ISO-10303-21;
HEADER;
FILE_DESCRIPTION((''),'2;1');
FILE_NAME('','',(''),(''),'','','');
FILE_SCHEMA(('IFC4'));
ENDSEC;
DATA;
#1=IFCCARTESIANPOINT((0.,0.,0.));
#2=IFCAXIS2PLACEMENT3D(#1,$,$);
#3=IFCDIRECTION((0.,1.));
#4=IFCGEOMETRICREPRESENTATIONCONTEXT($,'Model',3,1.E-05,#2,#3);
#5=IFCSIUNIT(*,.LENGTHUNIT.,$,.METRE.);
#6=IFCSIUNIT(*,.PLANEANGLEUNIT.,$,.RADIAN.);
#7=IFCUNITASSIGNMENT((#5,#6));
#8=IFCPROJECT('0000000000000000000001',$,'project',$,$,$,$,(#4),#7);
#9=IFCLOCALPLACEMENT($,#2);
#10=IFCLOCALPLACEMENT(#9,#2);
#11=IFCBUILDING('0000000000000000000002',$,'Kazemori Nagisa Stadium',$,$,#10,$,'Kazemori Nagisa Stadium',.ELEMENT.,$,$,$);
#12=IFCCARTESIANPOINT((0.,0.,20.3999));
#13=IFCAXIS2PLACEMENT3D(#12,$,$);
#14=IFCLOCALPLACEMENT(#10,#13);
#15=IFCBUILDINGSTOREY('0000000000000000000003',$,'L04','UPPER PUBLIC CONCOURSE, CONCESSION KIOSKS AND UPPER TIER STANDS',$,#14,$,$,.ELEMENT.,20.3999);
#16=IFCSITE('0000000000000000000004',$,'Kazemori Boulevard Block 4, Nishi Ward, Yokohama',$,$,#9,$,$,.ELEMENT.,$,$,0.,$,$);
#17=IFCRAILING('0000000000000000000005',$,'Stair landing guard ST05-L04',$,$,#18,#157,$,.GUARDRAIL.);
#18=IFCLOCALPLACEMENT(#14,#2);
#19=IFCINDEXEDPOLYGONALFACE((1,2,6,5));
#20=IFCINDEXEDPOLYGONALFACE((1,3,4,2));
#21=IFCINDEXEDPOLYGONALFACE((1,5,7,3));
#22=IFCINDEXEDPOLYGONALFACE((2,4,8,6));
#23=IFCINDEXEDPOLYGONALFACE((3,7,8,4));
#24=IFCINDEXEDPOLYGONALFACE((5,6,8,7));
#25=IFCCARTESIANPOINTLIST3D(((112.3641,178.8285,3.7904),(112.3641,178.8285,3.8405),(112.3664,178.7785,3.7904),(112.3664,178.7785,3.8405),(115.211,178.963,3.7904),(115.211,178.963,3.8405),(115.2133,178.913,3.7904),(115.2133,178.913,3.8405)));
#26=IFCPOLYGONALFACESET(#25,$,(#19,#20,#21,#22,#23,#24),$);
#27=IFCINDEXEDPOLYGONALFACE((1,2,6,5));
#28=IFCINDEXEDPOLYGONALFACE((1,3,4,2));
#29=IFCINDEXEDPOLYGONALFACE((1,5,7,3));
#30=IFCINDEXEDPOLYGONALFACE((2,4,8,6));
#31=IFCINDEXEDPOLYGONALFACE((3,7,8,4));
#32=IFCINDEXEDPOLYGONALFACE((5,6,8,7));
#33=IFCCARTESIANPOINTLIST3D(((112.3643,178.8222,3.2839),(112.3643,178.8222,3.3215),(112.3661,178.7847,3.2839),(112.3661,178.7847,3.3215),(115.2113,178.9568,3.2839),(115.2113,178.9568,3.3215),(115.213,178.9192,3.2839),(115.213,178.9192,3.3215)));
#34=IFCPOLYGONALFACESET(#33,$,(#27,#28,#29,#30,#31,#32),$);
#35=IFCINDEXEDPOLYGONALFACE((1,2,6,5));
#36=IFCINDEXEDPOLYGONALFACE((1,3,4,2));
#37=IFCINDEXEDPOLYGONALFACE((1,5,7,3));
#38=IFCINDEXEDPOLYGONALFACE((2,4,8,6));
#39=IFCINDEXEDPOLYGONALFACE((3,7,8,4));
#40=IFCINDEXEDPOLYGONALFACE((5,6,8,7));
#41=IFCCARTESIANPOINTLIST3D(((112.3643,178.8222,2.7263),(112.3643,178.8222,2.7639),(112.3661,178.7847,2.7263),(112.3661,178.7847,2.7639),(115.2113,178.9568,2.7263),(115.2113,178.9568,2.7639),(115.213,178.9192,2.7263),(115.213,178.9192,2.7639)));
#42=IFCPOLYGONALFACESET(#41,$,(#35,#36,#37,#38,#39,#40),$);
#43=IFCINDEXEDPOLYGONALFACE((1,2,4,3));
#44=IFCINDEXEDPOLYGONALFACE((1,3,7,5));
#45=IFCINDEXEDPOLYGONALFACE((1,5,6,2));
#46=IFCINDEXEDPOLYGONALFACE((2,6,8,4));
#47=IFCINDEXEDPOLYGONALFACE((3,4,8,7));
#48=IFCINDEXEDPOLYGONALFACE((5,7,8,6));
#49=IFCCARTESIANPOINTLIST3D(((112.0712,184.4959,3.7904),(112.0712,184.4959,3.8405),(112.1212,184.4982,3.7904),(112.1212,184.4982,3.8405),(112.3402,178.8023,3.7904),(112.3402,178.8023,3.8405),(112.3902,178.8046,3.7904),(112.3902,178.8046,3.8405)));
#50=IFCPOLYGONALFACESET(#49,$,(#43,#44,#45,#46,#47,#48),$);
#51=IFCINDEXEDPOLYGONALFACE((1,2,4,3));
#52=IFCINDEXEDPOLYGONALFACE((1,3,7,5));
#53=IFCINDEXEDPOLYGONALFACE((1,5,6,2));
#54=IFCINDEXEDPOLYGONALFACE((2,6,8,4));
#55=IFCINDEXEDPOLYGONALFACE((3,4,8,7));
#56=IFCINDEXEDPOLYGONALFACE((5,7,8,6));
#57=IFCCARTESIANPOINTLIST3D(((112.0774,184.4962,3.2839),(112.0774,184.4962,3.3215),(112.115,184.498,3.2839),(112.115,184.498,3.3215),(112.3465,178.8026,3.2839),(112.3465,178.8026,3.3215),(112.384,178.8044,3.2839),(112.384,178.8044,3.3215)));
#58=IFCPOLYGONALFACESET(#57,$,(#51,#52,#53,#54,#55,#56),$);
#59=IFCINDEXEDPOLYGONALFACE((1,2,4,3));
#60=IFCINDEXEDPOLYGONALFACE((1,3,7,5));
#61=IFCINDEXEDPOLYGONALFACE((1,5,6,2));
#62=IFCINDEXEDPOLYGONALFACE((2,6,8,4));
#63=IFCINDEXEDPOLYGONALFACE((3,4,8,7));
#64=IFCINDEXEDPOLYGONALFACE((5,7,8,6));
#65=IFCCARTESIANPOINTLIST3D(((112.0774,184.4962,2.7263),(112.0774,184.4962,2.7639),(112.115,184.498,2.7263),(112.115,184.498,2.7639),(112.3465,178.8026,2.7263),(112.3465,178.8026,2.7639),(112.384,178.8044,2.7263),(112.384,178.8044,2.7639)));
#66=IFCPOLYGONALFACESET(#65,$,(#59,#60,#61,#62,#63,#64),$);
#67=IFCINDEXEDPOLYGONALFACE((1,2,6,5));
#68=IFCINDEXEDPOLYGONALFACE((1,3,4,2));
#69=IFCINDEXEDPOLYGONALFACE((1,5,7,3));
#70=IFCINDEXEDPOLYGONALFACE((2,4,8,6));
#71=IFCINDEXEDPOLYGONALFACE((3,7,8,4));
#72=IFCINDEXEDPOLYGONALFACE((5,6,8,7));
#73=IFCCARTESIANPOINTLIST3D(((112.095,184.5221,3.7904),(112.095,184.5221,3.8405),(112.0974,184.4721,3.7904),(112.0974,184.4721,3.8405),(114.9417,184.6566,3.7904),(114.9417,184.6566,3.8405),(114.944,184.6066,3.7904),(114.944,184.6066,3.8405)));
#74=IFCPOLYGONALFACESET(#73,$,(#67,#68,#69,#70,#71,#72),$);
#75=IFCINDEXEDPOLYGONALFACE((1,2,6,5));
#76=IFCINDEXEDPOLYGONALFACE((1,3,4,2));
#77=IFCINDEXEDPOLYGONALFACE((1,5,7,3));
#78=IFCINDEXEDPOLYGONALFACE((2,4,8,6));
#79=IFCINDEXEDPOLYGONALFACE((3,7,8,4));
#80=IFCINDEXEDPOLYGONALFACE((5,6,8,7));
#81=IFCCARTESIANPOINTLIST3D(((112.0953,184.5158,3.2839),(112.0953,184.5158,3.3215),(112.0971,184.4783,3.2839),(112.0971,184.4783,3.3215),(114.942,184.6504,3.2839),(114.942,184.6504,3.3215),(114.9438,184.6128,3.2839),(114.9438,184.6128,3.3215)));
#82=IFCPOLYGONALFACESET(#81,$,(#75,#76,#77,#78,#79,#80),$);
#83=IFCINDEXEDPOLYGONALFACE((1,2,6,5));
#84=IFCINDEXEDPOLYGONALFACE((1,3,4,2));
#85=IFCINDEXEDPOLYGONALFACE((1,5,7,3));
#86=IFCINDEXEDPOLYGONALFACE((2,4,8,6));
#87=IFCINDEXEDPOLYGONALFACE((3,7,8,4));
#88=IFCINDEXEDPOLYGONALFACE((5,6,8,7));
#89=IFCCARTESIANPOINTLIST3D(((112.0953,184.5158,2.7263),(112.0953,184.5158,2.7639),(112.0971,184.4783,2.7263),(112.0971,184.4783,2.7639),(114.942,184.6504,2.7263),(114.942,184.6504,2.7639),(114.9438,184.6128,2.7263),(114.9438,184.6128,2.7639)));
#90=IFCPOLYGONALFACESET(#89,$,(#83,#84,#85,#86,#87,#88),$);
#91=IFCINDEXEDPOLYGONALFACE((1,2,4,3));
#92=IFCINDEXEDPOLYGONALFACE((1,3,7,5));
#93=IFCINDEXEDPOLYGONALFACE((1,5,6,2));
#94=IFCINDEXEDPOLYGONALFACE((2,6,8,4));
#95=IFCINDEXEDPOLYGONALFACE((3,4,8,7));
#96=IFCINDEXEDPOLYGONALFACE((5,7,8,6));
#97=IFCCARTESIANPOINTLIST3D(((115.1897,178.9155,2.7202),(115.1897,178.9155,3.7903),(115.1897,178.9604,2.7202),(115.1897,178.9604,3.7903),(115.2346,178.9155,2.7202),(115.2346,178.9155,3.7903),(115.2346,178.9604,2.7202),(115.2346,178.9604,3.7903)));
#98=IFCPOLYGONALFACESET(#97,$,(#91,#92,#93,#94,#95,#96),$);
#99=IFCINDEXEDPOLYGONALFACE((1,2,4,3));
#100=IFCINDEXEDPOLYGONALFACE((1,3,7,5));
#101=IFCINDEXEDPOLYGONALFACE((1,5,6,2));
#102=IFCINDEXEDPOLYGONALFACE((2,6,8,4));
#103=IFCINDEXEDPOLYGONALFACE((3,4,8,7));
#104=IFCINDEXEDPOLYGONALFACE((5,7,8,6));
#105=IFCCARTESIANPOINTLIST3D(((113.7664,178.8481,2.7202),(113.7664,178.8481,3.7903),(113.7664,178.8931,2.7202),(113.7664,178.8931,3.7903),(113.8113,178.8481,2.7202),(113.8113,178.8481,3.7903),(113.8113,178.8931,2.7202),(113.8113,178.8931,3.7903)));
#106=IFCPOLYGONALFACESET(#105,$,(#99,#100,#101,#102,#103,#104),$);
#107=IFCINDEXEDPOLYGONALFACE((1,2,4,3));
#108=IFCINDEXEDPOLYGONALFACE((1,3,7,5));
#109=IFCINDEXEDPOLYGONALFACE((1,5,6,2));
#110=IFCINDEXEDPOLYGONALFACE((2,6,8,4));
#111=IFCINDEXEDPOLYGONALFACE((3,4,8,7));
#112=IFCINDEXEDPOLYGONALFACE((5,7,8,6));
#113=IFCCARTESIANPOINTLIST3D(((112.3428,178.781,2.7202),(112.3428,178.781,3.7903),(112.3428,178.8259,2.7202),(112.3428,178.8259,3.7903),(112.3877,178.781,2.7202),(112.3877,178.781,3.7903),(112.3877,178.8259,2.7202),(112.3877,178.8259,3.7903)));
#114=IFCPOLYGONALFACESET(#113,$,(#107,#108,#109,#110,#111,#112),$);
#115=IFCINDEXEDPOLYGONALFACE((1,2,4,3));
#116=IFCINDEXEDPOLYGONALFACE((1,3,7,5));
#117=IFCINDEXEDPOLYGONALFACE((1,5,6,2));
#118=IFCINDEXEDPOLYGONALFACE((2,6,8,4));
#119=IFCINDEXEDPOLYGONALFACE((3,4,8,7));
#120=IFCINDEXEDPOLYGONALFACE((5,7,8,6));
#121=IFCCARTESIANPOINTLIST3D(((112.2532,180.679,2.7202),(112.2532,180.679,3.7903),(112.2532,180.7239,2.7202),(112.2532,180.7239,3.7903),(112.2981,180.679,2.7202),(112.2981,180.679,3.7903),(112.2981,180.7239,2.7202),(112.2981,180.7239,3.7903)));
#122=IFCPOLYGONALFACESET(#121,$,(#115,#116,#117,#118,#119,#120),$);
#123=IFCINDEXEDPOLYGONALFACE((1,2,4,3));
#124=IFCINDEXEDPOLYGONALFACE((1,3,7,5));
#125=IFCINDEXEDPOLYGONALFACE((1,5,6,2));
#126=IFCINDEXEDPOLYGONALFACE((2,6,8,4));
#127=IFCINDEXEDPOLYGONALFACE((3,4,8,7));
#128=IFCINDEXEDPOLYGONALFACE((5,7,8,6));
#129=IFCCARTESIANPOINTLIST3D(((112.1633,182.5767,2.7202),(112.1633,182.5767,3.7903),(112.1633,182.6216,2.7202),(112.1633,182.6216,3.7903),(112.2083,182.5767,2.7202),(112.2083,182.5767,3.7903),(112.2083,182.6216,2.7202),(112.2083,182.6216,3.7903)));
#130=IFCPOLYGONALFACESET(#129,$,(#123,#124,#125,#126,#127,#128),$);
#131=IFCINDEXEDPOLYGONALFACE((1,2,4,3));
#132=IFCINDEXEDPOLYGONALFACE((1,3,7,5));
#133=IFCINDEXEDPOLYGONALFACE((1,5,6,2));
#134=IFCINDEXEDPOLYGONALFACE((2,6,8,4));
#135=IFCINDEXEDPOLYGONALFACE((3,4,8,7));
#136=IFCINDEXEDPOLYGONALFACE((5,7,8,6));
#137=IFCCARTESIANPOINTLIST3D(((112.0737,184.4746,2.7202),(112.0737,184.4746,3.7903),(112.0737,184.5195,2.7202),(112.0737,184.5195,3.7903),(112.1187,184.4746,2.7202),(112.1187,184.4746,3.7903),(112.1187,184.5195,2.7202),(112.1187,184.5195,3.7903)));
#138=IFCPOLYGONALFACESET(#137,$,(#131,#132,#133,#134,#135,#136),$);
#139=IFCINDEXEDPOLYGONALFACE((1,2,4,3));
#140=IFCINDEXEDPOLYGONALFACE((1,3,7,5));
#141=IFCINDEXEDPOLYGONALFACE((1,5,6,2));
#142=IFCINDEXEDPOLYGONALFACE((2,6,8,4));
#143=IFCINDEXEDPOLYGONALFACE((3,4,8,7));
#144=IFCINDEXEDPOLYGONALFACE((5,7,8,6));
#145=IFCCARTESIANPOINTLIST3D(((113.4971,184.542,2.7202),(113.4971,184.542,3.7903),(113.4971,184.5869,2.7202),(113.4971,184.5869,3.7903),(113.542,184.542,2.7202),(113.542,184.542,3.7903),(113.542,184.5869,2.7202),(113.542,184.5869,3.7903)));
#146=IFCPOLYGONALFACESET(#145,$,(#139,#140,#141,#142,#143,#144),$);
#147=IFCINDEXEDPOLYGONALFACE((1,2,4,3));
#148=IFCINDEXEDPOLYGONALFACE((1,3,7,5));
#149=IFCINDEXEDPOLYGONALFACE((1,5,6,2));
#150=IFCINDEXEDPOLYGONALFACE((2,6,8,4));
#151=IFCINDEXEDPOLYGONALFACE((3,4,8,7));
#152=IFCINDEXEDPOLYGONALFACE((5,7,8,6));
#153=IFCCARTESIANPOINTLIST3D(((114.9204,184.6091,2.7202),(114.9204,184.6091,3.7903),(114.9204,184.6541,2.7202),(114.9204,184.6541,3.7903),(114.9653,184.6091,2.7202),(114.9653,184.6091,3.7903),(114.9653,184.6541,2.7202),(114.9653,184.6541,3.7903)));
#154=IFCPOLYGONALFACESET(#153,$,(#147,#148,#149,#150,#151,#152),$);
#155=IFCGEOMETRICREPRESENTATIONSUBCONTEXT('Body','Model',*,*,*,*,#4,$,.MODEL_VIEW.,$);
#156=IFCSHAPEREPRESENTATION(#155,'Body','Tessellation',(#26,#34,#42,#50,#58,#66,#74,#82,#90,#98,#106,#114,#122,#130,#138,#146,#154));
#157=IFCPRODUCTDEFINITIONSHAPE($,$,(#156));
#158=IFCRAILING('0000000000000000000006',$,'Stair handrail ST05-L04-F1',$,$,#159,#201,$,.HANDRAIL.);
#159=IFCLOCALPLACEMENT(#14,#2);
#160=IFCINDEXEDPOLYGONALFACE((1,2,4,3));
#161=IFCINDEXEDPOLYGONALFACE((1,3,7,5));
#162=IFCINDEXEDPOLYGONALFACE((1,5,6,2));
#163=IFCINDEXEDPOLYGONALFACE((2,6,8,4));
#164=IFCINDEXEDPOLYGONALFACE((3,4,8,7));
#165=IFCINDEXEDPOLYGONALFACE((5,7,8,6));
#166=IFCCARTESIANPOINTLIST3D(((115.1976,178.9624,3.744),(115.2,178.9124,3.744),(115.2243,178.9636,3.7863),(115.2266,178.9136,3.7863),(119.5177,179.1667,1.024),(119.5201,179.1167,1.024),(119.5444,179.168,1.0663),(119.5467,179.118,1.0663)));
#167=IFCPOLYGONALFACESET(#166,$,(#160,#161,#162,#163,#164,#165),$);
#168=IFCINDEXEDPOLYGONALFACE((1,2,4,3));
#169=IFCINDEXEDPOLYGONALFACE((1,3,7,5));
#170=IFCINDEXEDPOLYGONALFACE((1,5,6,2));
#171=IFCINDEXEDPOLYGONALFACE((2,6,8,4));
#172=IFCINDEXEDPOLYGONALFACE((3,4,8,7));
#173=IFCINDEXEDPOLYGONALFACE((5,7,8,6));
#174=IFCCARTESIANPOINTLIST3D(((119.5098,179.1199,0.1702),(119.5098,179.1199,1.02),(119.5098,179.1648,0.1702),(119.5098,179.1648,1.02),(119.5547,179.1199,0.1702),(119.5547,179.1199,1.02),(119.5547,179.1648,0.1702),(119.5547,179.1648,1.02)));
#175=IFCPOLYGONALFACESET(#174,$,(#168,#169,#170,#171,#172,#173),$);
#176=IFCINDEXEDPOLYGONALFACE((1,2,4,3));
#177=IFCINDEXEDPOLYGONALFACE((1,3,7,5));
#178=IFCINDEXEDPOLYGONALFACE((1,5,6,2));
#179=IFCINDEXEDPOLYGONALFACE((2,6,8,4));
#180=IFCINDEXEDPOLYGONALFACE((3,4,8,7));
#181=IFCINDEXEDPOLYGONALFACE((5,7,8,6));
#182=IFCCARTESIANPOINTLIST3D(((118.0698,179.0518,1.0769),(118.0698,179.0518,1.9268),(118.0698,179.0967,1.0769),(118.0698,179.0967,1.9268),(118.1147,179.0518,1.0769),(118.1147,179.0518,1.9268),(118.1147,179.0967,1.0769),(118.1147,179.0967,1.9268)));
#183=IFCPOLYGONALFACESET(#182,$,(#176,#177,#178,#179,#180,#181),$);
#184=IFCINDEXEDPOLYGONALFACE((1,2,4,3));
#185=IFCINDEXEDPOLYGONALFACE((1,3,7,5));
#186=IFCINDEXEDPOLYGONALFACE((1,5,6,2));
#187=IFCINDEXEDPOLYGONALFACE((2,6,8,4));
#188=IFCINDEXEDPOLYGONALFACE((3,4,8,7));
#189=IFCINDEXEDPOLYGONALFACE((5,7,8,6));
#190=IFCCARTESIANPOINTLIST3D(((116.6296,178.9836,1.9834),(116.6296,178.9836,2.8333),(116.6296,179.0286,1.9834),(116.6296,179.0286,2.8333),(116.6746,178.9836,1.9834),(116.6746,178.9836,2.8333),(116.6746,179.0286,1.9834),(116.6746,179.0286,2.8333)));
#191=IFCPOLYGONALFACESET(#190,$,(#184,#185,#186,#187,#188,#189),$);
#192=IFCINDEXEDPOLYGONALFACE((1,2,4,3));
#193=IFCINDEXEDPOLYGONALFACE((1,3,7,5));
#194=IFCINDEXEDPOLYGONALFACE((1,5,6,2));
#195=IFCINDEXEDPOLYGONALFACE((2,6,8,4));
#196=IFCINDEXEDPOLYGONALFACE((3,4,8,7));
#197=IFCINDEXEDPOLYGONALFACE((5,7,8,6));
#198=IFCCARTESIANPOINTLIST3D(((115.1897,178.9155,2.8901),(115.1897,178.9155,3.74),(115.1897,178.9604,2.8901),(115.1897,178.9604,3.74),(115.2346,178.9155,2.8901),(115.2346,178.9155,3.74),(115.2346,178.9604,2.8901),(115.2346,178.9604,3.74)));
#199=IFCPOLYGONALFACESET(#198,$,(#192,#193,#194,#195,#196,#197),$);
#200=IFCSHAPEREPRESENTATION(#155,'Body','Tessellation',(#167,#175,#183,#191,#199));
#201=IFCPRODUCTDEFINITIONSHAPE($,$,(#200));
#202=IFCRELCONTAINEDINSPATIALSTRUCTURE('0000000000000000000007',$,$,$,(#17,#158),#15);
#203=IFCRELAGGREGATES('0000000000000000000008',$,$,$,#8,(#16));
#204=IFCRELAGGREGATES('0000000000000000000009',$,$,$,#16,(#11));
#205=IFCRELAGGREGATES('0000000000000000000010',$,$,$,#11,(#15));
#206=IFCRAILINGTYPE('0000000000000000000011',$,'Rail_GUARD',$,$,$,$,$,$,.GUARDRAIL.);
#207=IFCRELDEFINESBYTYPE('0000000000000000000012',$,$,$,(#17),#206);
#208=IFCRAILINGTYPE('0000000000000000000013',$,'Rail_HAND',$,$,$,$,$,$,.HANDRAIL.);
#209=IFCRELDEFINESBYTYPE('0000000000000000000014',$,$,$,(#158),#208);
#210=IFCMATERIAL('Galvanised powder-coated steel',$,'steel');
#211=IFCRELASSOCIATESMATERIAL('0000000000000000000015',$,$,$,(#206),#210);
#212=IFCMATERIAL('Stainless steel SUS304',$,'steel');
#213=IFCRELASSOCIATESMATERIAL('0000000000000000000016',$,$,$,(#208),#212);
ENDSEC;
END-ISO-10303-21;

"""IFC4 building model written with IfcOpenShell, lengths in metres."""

from ifc_helpers import new_model, si_unit, direction, frame, origin, origin_2d, place, context, subcontext, project, spatial, rectangle, extrude, material, type_object, element, save


model = new_model("IFC4")

# Units and contexts
model_context = context("Model", 3, precision=1e-05, world=origin(), true_north=direction((0.0, 1.0)))
body_context = subcontext(model_context, "Body", "Model", "MODEL_VIEW")
ifc_project = project(units=[si_unit("LENGTHUNIT", "METRE"), si_unit("PLANEANGLEUNIT", "RADIAN")], contexts=[model_context])

# Site, building, storey
site_placement = place(None, origin())
site = spatial("IfcSite", under=ifc_project, at=site_placement, Name="Kazemori Boulevard Block 4, Nishi Ward, Yokohama", CompositionType="ELEMENT", RefElevation=0.0)
building_placement = place(site_placement, origin())
building = spatial("IfcBuilding", under=site, at=building_placement, Name="Kazemori Nagisa Stadium", LongName="Kazemori Nagisa Stadium", CompositionType="ELEMENT")
storey_placement = place(building_placement, frame((0.0, 0.0, 20.3999)))
storey = spatial("IfcBuildingStorey", under=building, at=storey_placement, Name="L04", Description="UPPER PUBLIC CONCOURSE, CONCESSION KIOSKS AND UPPER TIER STANDS", CompositionType="ELEMENT", Elevation=20.3999)

# Railings
ifc_material_1 = material(Name="Galvanised powder-coated steel", Category="steel")
railing_type_1 = type_object("IfcRailingType", Name="Rail_GUARD", PredefinedType="GUARDRAIL", material=ifc_material_1)
railing_1_placement = place(storey_placement, frame((115.2122, 178.938, 2.7202)))
element("IfcRailing", 1, at=railing_1_placement, inside=storey, type_object=railing_type_1, Name="Stair landing guard ST05-L04", PredefinedType="GUARDRAIL", context=body_context, shape_type="SweptSolid", body=[
    extrude(rectangle(XDim=0.05, YDim=0.05, at=origin_2d()), frame((0.0, 0.0, 1.0952), z_axis=(-0.998886, -0.047199, 0.0), x_axis=(0.047199, -0.998886, 0.0)), (0.0, 0.0, 1.0), 2.8501),
    extrude(rectangle(XDim=0.0376, YDim=0.0376, at=origin_2d()), frame((0.0, 0.0, 0.5825), z_axis=(-0.998886, -0.047199, 0.0), x_axis=(0.047199, -0.998886, 0.0)), (0.0, 0.0, 1.0), 2.8501),
    extrude(rectangle(XDim=0.0376, YDim=0.0376, at=origin_2d()), frame((0.0, 0.0, 0.0249), z_axis=(-0.998886, -0.047199, 0.0), x_axis=(0.047199, -0.998886, 0.0)), (0.0, 0.0, 1.0), 2.8501),
    extrude(rectangle(XDim=0.05, YDim=0.05, at=origin_2d()), frame((-2.8469, -0.1345, 1.0952), z_axis=(-0.047201, 0.998885, 0.0), x_axis=(-0.998885, -0.047201, 0.0)), (0.0, 0.0, 1.0), 5.7),
    extrude(rectangle(XDim=0.0376, YDim=0.0376, at=origin_2d()), frame((-2.8469, -0.1345, 0.5825), z_axis=(-0.047201, 0.998885, 0.0), x_axis=(-0.998885, -0.047201, 0.0)), (0.0, 0.0, 1.0), 5.7),
    extrude(rectangle(XDim=0.0376, YDim=0.0376, at=origin_2d()), frame((-2.8469, -0.1345, 0.0249), z_axis=(-0.047201, 0.998885, 0.0), x_axis=(-0.998885, -0.047201, 0.0)), (0.0, 0.0, 1.0), 5.7),
    extrude(rectangle(XDim=0.05, YDim=0.05, at=origin_2d()), frame((-3.116, 5.5591, 1.0952), z_axis=(0.998885, 0.047203, 0.0), x_axis=(-0.047203, 0.998885, 0.0)), (0.0, 0.0, 1.0), 2.8499),
    extrude(rectangle(XDim=0.0376, YDim=0.0376, at=origin_2d()), frame((-3.116, 5.5591, 0.5825), z_axis=(0.998885, 0.047203, 0.0), x_axis=(-0.047203, 0.998885, 0.0)), (0.0, 0.0, 1.0), 2.8499),
    extrude(rectangle(XDim=0.0376, YDim=0.0376, at=origin_2d()), frame((-3.116, 5.5591, 0.0249), z_axis=(0.998885, 0.047203, 0.0), x_axis=(-0.047203, 0.998885, 0.0)), (0.0, 0.0, 1.0), 2.8499),
    extrude(rectangle(XDim=0.0449, YDim=0.0449, at=origin_2d()), origin(), (0.0, 0.0, 1.0), 1.0701),
    extrude(rectangle(XDim=0.0449, YDim=0.0449, at=origin_2d()), frame((-1.4233, -0.0674, 0.0)), (0.0, 0.0, 1.0), 1.0701),
    extrude(rectangle(XDim=0.0449, YDim=0.0449, at=origin_2d()), frame((-2.8469, -0.1345, 0.0)), (0.0, 0.0, 1.0), 1.0701),
    extrude(rectangle(XDim=0.0449, YDim=0.0449, at=origin_2d()), frame((-2.9365, 1.7634, 0.0)), (0.0, 0.0, 1.0), 1.0701),
    extrude(rectangle(XDim=0.0449, YDim=0.0449, at=origin_2d()), frame((-3.0264, 3.6611, 0.0)), (0.0, 0.0, 1.0), 1.0701),
    extrude(rectangle(XDim=0.0449, YDim=0.0449, at=origin_2d()), frame((-3.116, 5.5591, 0.0)), (0.0, 0.0, 1.0), 1.0701),
    extrude(rectangle(XDim=0.0449, YDim=0.0449, at=origin_2d()), frame((-1.6926, 5.6265, 0.0)), (0.0, 0.0, 1.0), 1.0701),
    extrude(rectangle(XDim=0.0449, YDim=0.0449, at=origin_2d()), frame((-0.2693, 5.6936, 0.0)), (0.0, 0.0, 1.0), 1.0701),
])
ifc_material_2 = material(Name="Stainless steel SUS304", Category="steel")
railing_type_2 = type_object("IfcRailingType", Name="Rail_HAND", PredefinedType="HANDRAIL", material=ifc_material_2)
railing_2_placement = place(storey_placement, frame((119.5322, 179.1423, 0.1702)))
element("IfcRailing", 2, at=railing_2_placement, inside=storey, type_object=railing_type_2, Name="Stair handrail ST05-L04-F1", PredefinedType="HANDRAIL", context=body_context, shape_type="SweptSolid", body=[
    extrude(rectangle(XDim=0.05, YDim=0.05, at=origin_2d()), frame((0.0, 0.0, 0.875), z_axis=(-0.845562, -0.039996, 0.532377), x_axis=(0.047249, -0.998883, 0.0)), (0.0, 0.0, 1.0), 5.1091),
    extrude(rectangle(XDim=0.0449, YDim=0.0449, at=origin_2d()), origin(), (0.0, 0.0, 1.0), 0.8499),
    extrude(rectangle(XDim=0.0449, YDim=0.0449, at=origin_2d()), frame((-1.4399, -0.0681, 0.9067)), (0.0, 0.0, 1.0), 0.8499),
    extrude(rectangle(XDim=0.0449, YDim=0.0449, at=origin_2d()), frame((-2.8801, -0.1362, 1.8132)), (0.0, 0.0, 1.0), 0.8499),
    extrude(rectangle(XDim=0.0449, YDim=0.0449, at=origin_2d()), frame((-4.3201, -0.2043, 2.72)), (0.0, 0.0, 1.0), 0.8499),
])

save(model, "model.ifc")
